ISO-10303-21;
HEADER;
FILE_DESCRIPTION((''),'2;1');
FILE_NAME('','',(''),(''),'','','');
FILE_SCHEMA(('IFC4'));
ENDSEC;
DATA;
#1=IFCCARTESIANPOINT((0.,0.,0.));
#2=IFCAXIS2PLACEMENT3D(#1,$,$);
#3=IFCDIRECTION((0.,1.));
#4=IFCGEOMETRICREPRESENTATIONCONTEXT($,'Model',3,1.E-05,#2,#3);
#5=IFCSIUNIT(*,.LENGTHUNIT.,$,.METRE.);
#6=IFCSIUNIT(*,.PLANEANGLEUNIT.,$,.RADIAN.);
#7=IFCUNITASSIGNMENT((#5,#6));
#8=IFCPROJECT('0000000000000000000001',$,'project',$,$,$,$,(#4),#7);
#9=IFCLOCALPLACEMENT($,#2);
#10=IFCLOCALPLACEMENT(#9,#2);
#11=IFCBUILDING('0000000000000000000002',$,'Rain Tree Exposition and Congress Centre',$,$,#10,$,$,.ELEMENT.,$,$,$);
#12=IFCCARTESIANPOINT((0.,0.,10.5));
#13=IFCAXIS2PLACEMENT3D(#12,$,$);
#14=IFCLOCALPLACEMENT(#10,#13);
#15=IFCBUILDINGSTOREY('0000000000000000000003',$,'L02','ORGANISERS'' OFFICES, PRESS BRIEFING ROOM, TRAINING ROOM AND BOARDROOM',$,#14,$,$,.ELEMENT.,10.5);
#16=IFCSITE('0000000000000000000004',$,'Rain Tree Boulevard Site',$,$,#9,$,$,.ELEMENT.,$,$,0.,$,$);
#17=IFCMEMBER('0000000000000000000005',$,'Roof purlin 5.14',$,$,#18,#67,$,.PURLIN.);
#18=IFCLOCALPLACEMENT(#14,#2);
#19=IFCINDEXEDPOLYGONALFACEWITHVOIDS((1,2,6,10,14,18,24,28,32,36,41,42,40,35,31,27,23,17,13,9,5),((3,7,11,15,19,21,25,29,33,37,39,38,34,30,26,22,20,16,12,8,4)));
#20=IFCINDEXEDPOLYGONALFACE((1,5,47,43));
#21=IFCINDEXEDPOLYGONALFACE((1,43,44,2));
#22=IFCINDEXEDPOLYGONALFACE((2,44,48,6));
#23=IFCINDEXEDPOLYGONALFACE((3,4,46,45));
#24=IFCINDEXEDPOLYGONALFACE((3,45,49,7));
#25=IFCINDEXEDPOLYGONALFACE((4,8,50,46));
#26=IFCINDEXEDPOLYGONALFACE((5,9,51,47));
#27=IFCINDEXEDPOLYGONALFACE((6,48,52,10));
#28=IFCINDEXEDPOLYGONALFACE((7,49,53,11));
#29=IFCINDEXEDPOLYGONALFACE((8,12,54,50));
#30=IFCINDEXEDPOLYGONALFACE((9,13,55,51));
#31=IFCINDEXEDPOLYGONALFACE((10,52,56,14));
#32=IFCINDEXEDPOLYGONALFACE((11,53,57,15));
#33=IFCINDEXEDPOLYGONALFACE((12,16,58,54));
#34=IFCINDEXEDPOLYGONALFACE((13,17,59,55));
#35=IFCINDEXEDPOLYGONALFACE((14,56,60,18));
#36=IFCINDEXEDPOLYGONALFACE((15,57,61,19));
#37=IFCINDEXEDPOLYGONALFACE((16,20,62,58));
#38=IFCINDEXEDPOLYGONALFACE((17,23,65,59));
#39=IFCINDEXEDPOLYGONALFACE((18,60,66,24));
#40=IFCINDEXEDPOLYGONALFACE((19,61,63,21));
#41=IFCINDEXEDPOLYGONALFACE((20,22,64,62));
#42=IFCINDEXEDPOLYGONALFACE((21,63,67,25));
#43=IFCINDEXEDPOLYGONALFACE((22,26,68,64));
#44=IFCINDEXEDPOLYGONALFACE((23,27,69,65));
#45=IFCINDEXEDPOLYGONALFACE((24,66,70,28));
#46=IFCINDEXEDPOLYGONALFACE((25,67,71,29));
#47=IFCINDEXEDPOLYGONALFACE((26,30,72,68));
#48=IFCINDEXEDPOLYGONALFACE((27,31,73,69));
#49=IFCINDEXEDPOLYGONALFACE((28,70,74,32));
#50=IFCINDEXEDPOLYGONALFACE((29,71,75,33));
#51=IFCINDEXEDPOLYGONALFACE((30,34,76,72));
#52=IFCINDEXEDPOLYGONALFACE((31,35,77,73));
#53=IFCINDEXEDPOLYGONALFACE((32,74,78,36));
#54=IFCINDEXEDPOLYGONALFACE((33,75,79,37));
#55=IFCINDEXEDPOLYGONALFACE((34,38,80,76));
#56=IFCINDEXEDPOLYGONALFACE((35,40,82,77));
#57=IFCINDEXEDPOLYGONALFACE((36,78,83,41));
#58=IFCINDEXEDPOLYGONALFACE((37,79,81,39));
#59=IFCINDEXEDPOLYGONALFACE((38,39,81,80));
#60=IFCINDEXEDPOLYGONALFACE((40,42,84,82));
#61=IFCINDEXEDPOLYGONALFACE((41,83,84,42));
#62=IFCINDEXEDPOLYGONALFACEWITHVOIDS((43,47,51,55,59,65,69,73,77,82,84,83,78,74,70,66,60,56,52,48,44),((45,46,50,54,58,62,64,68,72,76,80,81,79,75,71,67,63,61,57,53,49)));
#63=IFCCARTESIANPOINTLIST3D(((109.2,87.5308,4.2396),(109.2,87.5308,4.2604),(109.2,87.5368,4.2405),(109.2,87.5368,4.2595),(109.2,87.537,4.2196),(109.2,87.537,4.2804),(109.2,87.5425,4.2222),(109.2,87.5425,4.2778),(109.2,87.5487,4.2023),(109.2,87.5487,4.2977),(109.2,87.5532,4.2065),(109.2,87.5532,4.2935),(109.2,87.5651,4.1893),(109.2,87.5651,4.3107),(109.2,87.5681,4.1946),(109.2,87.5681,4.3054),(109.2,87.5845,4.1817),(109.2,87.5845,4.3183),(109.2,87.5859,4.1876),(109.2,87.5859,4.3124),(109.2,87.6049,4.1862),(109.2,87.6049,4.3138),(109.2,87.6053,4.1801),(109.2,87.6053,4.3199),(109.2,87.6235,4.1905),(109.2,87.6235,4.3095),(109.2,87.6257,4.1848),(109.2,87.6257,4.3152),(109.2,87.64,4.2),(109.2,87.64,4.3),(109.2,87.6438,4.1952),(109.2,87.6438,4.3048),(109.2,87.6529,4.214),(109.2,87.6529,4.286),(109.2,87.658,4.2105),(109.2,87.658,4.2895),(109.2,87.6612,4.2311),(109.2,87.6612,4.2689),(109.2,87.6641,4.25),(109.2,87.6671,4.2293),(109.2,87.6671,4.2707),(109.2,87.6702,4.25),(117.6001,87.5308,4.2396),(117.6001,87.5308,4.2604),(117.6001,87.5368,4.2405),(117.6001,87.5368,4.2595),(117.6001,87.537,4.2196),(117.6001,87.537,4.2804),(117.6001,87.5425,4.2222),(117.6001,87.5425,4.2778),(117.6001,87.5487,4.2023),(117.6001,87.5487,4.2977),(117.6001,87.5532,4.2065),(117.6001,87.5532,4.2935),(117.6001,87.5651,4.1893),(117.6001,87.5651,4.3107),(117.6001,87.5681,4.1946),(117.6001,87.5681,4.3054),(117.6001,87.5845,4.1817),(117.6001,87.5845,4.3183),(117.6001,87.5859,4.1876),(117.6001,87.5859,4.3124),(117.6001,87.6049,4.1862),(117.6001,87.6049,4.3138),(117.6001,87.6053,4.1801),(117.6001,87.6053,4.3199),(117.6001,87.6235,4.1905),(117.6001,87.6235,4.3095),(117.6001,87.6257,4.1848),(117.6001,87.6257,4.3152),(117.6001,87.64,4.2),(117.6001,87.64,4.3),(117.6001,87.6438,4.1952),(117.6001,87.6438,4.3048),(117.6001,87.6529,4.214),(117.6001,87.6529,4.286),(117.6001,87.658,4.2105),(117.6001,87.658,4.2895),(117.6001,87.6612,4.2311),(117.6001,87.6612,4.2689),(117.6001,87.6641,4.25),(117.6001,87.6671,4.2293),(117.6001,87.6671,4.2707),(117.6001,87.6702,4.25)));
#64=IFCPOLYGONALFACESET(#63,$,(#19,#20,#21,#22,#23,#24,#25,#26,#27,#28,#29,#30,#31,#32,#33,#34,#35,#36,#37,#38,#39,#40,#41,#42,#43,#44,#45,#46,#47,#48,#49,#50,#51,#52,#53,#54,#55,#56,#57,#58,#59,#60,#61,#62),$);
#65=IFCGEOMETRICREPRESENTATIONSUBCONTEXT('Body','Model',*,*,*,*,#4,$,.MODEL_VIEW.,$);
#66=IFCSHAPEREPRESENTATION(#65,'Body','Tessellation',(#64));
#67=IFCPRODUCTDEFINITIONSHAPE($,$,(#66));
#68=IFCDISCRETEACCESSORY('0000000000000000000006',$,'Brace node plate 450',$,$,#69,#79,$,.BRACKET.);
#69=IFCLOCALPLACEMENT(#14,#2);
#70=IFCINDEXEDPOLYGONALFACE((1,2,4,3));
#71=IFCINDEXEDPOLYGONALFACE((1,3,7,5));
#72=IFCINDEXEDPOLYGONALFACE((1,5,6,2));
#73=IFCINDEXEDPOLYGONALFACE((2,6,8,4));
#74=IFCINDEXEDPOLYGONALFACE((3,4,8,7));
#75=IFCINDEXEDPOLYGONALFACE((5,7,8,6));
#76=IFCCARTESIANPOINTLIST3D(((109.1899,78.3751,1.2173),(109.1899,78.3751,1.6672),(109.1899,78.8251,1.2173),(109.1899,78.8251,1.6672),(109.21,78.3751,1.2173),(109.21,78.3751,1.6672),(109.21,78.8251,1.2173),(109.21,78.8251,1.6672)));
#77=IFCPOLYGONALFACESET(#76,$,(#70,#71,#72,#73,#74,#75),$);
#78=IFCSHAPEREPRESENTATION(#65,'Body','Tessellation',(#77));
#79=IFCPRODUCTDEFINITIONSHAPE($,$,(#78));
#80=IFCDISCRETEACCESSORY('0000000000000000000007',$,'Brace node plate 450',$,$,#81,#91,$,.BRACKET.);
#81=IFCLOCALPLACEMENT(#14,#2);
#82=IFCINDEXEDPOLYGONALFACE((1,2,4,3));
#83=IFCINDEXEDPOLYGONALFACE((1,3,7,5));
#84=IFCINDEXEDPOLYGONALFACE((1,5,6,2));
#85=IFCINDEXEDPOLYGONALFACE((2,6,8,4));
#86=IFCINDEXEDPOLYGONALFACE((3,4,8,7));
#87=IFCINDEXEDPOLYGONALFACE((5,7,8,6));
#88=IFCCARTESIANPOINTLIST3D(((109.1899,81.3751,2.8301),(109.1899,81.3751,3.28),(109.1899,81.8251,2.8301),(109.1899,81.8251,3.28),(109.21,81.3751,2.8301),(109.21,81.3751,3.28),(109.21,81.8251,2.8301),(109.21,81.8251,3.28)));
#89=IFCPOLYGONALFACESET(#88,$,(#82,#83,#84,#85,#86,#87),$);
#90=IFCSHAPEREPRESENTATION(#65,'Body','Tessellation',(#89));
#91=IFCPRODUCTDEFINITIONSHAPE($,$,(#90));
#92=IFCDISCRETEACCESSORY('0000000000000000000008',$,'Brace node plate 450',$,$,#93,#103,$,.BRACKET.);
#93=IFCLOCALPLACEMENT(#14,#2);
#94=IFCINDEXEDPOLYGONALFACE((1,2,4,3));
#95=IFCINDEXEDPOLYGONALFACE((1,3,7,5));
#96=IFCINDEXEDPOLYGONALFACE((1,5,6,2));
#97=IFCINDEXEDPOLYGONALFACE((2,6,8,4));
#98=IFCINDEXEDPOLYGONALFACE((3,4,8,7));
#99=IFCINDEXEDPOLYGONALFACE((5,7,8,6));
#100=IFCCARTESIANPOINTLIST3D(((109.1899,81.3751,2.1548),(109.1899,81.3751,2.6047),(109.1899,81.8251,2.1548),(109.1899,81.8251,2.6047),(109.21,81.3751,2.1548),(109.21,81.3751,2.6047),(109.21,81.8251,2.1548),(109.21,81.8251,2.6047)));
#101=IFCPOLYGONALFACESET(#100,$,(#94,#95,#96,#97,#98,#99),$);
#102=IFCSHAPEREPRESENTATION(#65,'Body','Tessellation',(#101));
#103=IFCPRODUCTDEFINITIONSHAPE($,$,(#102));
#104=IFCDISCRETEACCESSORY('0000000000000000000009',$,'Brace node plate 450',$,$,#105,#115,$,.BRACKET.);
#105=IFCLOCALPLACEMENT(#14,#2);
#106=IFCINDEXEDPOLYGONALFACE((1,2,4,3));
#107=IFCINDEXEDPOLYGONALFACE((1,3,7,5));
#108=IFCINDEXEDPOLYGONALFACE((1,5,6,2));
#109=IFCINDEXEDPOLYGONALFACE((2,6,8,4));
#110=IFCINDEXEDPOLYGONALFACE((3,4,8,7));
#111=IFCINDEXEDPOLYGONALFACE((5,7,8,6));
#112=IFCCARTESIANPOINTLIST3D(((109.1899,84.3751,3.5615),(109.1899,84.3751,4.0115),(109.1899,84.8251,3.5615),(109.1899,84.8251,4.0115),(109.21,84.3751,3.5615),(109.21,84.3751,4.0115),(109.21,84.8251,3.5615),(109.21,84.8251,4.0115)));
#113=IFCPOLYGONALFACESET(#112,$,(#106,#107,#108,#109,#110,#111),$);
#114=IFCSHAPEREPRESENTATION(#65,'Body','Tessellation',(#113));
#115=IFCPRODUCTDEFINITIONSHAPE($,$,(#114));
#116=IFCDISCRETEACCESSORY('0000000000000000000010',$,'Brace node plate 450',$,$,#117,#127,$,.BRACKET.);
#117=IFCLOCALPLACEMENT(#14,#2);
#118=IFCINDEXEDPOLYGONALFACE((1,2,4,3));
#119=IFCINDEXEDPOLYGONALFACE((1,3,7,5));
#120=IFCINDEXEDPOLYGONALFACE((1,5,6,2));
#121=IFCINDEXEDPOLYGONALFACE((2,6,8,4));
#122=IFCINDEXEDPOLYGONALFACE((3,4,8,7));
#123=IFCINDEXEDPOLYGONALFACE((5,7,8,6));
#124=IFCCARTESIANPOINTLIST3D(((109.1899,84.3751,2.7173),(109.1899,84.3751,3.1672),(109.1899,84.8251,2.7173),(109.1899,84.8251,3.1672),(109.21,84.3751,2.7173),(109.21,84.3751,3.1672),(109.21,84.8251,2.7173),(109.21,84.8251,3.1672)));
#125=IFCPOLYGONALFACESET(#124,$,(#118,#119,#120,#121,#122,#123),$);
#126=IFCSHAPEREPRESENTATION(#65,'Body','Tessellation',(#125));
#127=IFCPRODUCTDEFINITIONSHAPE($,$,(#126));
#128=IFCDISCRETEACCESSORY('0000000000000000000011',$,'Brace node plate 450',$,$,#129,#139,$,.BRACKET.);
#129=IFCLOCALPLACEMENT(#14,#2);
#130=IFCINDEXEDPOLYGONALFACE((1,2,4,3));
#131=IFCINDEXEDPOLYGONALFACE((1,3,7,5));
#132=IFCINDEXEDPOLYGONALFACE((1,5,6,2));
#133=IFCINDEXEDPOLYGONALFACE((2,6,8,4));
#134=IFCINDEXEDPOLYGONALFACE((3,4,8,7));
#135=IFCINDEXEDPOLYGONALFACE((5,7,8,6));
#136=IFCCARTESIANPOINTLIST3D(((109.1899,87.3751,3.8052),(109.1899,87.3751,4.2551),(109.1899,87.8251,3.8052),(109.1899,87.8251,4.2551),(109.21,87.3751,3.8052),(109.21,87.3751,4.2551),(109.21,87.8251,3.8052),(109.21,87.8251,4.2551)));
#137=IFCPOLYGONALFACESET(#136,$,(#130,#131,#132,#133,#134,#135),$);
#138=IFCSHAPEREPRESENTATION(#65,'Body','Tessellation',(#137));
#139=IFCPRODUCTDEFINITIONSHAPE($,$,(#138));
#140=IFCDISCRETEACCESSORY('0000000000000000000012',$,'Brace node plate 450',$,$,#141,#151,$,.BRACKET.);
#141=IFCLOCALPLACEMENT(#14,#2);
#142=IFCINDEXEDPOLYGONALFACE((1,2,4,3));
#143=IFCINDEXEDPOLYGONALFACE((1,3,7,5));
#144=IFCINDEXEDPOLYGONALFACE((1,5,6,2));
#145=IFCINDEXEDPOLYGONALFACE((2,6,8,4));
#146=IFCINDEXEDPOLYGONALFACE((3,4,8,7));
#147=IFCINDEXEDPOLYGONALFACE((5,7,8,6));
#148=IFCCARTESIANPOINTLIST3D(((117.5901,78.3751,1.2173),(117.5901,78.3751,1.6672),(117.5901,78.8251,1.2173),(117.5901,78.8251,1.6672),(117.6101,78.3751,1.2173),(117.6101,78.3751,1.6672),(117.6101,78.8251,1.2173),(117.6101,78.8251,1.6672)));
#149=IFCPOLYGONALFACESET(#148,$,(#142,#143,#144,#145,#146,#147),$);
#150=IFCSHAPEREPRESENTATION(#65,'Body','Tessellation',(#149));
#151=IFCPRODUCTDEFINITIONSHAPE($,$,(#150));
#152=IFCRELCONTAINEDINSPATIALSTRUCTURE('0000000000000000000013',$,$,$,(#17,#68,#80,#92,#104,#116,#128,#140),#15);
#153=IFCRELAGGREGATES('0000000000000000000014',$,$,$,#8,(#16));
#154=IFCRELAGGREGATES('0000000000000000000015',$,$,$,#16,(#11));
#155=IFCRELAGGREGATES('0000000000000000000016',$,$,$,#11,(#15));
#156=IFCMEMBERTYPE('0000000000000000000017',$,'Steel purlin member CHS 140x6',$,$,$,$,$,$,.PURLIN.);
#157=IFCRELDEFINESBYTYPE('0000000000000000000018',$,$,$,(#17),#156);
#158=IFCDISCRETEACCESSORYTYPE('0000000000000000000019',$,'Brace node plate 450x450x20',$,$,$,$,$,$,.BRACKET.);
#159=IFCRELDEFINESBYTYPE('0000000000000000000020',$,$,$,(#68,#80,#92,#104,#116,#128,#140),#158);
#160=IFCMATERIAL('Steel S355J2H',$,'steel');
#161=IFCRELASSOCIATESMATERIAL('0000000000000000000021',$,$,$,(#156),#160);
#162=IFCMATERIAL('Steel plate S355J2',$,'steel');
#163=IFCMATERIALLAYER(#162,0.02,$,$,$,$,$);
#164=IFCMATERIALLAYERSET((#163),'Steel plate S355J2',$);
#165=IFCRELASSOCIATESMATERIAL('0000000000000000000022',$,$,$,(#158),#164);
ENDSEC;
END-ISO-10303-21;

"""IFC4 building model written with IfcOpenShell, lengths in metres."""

from ifc_helpers import new_model, si_unit, direction, frame, origin, origin_2d, place, context, subcontext, project, spatial, rectangle, hollow_circle, extrude, material, layer, layer_set, material_profile, profile_set, type_object, element, save


model = new_model("IFC4")

# Units and contexts
model_context = context("Model", 3, precision=1e-05, world=origin(), true_north=direction((0.0, 1.0)))
body_context = subcontext(model_context, "Body", "Model", "MODEL_VIEW")
ifc_project = project(units=[si_unit("LENGTHUNIT", "METRE"), si_unit("PLANEANGLEUNIT", "RADIAN")], contexts=[model_context])

# Site, building, storey
site_placement = place(None, origin())
site = spatial("IfcSite", under=ifc_project, at=site_placement, Name="Rain Tree Boulevard Site", CompositionType="ELEMENT", RefElevation=0.0)
building_placement = place(site_placement, origin())
building = spatial("IfcBuilding", under=site, at=building_placement, Name="Rain Tree Exposition and Congress Centre", CompositionType="ELEMENT")
storey_placement = place(building_placement, frame((0.0, 0.0, 10.5)))
storey = spatial("IfcBuildingStorey", under=building, at=storey_placement, Name="L02", Description="ORGANISERS' OFFICES, PRESS BRIEFING ROOM, TRAINING ROOM AND BOARDROOM", CompositionType="ELEMENT", Elevation=10.5)

# Member
ifc_material_1 = material(Name="Steel S355J2H", Category="steel")
ifc_material_profile_1 = material_profile(ifc_material_1, hollow_circle(Radius=0.0701, WallThickness=0.0061, at=origin_2d()), Name="CHS 140x6")
ifc_profile_set_1 = profile_set([ifc_material_profile_1], Name="Steel S355J2H")
member_type_1 = type_object("IfcMemberType", Name="Steel purlin member CHS 140x6", PredefinedType="PURLIN", material=ifc_profile_set_1)
for number, where, z_axis, x_axis, name in (
    (1, (109.2, 87.6001, 4.25), (1.0, 0.0, 0.0), (0.0, 1.0, 0.0), "Roof purlin 5.14"),
):
    element("IfcMember", number, at=place(storey_placement, frame(where, z_axis=z_axis, x_axis=x_axis)), inside=storey, type_object=member_type_1, Name=name, PredefinedType="PURLIN", context=body_context, shape_type="SweptSolid", body=[
        extrude(hollow_circle(Radius=0.0701, WallThickness=0.0061, at=origin_2d()), origin(), (0.0, 0.0, 1.0), 8.4001),
    ])

# Discrete accessories
ifc_material_2 = material(Name="Steel plate S355J2", Category="steel")
ifc_layer = layer(ifc_material_2, 0.02)
ifc_layer_set = layer_set([ifc_layer], Name="Steel plate S355J2")
discrete_accessory_type = type_object("IfcDiscreteAccessoryType", Name="Brace node plate 450x450x20", PredefinedType="BRACKET", material=ifc_layer_set)
for number, where, z_axis, x_axis, name in (
    (2, (109.2, 78.6001, 1.2173), (0.0, 0.0, 1.0), (0.0, 1.0, 0.0), "Brace node plate 450"),
    (3, (109.2, 81.6001, 2.8301), (0.0, 0.0, 1.0), (0.0, -1.0, 0.0), "Brace node plate 450"),
    (4, (109.2, 81.6001, 2.1548), (0.0, 0.0, 1.0), (0.0, 1.0, 0.0), "Brace node plate 450"),
    (5, (109.2, 84.6001, 3.5615), (0.0, 0.0, 1.0), (0.0, -1.0, 0.0), "Brace node plate 450"),
    (6, (109.2, 84.6001, 2.7173), (0.0, 0.0, 1.0), (0.0, 1.0, 0.0), "Brace node plate 450"),
    (7, (109.2, 87.6001, 3.8052), (0.0, 0.0, 1.0), (0.0, 1.0, 0.0), "Brace node plate 450"),
    (8, (117.6001, 78.6001, 1.2173), (0.0, 0.0, 1.0), (0.0, 1.0, 0.0), "Brace node plate 450"),
):
    element("IfcDiscreteAccessory", number, at=place(storey_placement, frame(where, z_axis=z_axis, x_axis=x_axis)), inside=storey, type_object=discrete_accessory_type, Name=name, PredefinedType="BRACKET", context=body_context, shape_type="SweptSolid", body=[
        extrude(rectangle(XDim=0.45, YDim=0.02, at=origin_2d()), origin(), (0.0, 0.0, 1.0), 0.45),
    ])

save(model, "model.ifc")
